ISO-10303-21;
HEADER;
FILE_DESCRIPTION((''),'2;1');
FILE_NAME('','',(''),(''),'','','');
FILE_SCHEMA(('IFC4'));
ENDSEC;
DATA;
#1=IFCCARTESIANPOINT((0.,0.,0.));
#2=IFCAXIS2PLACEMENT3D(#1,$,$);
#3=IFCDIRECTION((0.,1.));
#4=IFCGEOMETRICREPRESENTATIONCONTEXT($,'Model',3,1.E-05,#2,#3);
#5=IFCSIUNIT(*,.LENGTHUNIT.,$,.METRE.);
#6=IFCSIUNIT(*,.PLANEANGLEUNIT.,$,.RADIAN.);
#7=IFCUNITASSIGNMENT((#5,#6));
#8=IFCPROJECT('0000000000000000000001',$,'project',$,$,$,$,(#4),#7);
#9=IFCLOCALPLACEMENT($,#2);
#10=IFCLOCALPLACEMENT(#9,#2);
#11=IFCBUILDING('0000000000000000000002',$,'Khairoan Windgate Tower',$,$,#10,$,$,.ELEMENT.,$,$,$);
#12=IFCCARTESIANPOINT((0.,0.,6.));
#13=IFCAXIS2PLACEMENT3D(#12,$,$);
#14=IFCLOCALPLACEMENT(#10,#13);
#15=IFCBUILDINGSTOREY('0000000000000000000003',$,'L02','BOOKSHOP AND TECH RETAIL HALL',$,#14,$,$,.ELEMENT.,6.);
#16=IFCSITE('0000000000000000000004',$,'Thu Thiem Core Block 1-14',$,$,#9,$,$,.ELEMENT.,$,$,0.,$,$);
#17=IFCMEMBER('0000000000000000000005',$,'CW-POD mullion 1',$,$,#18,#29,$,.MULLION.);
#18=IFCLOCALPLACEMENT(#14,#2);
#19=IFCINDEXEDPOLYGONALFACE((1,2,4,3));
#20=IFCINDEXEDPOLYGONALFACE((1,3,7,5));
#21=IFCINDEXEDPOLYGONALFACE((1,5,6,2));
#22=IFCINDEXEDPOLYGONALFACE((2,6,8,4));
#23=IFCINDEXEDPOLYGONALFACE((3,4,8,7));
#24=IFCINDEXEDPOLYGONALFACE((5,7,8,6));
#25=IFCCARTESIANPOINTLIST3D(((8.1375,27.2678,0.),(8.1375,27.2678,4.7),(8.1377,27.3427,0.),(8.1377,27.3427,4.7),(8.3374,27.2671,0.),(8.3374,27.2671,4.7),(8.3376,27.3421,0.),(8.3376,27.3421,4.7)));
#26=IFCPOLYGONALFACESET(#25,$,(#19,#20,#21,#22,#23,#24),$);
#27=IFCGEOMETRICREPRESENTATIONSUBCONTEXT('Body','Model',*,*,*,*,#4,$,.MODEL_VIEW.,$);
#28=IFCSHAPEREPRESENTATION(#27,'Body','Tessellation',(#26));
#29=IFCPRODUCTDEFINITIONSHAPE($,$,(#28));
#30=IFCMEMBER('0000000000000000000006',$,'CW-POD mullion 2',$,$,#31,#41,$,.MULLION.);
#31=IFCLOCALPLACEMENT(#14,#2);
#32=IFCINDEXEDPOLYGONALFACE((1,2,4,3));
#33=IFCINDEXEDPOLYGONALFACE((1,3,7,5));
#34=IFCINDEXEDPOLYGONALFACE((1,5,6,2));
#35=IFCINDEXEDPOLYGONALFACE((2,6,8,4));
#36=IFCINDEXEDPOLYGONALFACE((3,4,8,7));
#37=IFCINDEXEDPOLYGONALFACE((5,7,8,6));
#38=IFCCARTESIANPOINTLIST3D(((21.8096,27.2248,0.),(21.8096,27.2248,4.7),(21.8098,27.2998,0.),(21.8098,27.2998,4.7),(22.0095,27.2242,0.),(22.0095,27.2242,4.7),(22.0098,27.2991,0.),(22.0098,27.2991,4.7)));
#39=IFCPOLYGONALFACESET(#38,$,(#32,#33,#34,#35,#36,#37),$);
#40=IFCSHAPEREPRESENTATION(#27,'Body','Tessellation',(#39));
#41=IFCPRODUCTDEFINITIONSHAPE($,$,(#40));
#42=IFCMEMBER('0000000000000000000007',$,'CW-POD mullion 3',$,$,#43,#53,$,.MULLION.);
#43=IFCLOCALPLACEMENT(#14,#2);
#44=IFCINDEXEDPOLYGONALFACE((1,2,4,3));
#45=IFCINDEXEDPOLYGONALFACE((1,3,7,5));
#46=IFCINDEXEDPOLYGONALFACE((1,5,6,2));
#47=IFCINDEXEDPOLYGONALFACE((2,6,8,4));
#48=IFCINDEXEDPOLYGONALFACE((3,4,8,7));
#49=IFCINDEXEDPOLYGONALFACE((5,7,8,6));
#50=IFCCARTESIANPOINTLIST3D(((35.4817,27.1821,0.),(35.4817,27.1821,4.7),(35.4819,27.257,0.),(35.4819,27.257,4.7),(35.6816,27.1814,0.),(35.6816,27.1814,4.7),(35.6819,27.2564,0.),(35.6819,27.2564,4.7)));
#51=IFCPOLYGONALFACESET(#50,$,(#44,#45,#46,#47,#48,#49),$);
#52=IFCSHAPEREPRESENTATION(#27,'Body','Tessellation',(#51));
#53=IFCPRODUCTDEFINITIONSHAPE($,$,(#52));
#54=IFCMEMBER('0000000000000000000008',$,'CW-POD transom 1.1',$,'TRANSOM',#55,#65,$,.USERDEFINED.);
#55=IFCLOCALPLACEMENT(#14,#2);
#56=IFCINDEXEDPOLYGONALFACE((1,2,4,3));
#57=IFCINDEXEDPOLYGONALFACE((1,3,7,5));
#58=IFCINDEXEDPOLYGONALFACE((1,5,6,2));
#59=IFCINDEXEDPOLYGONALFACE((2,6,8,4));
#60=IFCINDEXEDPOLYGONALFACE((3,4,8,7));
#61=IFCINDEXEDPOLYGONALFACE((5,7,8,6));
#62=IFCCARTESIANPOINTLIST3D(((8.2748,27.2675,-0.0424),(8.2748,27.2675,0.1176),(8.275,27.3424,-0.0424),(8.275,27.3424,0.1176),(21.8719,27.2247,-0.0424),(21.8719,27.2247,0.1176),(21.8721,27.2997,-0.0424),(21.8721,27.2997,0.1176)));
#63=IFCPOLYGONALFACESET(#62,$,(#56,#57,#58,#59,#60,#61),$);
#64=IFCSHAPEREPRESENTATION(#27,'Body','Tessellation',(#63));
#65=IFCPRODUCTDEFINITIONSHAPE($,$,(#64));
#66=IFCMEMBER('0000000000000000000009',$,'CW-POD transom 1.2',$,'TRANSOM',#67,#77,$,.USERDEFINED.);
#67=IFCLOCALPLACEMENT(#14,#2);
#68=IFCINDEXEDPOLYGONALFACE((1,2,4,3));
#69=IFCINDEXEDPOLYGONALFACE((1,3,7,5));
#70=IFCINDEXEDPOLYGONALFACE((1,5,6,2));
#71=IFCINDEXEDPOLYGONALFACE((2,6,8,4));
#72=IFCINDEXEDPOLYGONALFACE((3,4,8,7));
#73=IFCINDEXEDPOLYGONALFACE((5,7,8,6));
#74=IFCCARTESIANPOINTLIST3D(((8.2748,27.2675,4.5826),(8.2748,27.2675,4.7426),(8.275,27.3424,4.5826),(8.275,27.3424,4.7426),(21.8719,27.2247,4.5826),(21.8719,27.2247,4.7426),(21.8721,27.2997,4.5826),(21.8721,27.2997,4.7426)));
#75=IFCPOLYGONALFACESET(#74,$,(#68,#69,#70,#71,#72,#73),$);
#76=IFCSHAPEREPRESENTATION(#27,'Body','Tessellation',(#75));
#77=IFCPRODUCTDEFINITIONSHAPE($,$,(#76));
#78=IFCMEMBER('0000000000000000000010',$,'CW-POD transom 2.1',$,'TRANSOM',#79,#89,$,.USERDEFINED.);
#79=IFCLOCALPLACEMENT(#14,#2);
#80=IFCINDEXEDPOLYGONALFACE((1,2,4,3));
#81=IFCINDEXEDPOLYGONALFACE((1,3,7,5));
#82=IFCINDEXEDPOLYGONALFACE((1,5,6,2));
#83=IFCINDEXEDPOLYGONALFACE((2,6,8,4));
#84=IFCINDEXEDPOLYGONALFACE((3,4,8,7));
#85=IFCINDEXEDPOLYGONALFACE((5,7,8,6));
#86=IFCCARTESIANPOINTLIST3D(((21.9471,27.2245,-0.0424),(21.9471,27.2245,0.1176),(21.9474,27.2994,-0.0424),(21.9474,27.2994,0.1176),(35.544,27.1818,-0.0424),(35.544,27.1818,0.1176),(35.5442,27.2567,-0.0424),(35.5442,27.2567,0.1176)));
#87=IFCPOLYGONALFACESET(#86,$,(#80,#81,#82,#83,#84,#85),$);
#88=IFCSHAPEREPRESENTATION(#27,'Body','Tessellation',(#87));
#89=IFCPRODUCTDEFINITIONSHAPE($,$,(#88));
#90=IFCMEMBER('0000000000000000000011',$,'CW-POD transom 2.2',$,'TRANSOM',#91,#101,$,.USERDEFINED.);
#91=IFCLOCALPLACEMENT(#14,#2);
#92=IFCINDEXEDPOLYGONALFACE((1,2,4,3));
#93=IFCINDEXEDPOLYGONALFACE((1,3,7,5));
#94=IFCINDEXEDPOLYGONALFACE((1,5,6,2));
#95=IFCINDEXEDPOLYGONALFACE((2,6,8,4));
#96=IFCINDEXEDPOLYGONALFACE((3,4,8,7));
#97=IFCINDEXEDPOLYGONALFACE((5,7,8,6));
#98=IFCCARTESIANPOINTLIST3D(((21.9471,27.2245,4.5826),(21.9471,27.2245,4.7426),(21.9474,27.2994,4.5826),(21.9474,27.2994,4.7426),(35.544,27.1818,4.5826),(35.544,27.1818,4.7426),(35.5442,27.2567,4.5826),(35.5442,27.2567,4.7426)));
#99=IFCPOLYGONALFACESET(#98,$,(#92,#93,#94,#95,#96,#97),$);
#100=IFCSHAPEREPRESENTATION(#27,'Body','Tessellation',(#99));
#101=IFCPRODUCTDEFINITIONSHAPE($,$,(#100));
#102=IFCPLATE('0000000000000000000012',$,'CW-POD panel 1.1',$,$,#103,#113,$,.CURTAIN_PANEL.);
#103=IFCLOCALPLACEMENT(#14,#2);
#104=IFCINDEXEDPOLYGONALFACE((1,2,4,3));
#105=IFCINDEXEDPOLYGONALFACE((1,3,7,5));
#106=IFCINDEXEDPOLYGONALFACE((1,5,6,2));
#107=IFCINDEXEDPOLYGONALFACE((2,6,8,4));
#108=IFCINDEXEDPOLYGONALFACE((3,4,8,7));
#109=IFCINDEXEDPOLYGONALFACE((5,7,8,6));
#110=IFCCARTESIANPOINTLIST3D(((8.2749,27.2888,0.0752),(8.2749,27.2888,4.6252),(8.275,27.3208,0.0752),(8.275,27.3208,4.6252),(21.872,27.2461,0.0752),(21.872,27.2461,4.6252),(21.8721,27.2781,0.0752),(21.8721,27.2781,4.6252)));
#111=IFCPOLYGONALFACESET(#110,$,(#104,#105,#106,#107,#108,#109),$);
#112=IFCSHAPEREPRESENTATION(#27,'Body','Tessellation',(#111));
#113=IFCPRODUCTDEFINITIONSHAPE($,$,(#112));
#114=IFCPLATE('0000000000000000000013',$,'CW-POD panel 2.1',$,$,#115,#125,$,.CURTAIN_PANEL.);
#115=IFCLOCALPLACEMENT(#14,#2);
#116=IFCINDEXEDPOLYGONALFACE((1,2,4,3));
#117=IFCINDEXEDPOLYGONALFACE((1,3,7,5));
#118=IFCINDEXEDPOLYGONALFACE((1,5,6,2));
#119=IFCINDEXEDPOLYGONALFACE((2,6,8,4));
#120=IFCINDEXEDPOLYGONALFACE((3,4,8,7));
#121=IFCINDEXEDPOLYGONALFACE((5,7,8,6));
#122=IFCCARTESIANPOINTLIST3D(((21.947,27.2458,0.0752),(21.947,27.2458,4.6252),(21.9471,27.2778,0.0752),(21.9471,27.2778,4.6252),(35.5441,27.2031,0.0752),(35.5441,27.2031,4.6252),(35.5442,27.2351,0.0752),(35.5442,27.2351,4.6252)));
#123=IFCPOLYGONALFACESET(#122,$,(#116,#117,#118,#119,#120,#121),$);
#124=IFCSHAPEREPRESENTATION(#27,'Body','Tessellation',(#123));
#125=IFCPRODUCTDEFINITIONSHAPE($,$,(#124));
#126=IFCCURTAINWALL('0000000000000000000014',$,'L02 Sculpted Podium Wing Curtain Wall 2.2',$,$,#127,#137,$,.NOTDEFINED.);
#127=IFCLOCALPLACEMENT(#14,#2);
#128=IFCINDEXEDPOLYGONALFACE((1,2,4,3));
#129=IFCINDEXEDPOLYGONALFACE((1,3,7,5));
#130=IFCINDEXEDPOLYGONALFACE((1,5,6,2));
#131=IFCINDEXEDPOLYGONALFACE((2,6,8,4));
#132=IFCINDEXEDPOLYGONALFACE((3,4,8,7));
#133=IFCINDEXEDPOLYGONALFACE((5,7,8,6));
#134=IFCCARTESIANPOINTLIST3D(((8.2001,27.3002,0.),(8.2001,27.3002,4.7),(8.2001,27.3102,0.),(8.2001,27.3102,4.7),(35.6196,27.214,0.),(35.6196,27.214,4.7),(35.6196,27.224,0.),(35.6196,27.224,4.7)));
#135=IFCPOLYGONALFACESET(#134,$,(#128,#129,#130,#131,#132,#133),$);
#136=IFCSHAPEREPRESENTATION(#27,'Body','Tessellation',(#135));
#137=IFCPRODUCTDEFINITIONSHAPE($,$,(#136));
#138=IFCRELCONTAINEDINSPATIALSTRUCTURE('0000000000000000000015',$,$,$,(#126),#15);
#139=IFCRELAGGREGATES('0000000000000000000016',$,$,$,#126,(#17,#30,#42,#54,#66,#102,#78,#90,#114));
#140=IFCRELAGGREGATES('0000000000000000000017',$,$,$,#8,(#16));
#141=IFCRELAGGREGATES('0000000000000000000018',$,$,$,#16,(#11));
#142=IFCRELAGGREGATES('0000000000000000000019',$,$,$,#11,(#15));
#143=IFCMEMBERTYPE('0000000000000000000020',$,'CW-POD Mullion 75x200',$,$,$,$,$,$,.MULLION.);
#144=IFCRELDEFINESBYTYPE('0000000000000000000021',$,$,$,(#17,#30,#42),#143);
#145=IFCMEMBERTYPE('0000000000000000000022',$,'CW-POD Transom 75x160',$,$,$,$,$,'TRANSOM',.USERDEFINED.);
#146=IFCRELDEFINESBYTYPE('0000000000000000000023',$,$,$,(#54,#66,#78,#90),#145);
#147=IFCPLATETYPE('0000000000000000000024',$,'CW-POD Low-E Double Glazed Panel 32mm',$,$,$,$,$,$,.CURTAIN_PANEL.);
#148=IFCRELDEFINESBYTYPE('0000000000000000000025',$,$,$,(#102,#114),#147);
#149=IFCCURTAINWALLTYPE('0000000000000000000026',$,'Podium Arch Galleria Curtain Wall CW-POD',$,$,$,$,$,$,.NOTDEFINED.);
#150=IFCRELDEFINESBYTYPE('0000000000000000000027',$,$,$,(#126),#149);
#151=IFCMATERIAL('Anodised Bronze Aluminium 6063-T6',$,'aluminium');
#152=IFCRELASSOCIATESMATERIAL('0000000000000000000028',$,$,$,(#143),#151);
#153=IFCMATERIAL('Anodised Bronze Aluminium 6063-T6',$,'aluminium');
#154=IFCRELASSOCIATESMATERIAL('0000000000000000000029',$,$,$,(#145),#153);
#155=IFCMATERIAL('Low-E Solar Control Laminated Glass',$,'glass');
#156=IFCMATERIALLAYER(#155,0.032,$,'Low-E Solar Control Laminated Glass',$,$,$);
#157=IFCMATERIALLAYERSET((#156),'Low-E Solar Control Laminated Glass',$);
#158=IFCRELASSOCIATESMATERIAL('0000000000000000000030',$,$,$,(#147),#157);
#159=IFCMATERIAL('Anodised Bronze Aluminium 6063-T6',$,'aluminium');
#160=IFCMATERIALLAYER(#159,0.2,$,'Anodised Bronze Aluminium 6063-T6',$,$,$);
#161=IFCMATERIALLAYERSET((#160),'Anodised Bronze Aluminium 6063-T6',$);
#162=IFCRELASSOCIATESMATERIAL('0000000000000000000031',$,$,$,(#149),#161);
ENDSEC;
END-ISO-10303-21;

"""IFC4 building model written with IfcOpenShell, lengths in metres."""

from ifc_helpers import new_model, si_unit, direction, frame, frame_2d, origin, origin_2d, place, context, subcontext, project, spatial, rectangle, extrude, material, layer, layer_set, material_profile, profile_set, type_object, element, aggregate, save


model = new_model("IFC4")

# Units and contexts
model_context = context("Model", 3, precision=1e-05, world=origin(), true_north=direction((0.0, 1.0)))
body_context = subcontext(model_context, "Body", "Model", "MODEL_VIEW")
ifc_project = project(units=[si_unit("LENGTHUNIT", "METRE"), si_unit("PLANEANGLEUNIT", "RADIAN")], contexts=[model_context])

# Site, building, storey
site_placement = place(None, origin())
site = spatial("IfcSite", under=ifc_project, at=site_placement, Name="Thu Thiem Core Block 1-14", CompositionType="ELEMENT", RefElevation=0.0)
building_placement = place(site_placement, origin())
building = spatial("IfcBuilding", under=site, at=building_placement, Name="Khairoan Windgate Tower", CompositionType="ELEMENT")
storey_placement = place(building_placement, frame((0.0, 0.0, 6.0)))
storey = spatial("IfcBuildingStorey", under=building, at=storey_placement, Name="L02", Description="BOOKSHOP AND TECH RETAIL HALL", CompositionType="ELEMENT", Elevation=6.0)

# Members
ifc_material_1 = material(Name="Anodised Bronze Aluminium 6063-T6", Category="aluminium")
ifc_material_profile_1 = material_profile(ifc_material_1, rectangle(XDim=0.075, YDim=0.2, at=origin_2d()))
ifc_profile_set_1 = profile_set([ifc_material_profile_1], Name="Anodised Bronze Aluminium 6063-T6")
member_type_1 = type_object("IfcMemberType", Name="CW-POD Mullion 75x200", PredefinedType="MULLION", material=ifc_profile_set_1)
member_1_placement = place(storey_placement, frame((8.2375, 27.3049, 0.0), z_axis=(0.0, 0.0, 1.0), x_axis=(0.00314, 0.999995, 0.0)))
member_1 = element("IfcMember", 1, at=member_1_placement, type_object=member_type_1, Name="CW-POD mullion 1", PredefinedType="MULLION", context=body_context, shape_type="SweptSolid", body=[
    extrude(rectangle(XDim=0.075, YDim=0.2, at=origin_2d()), origin(), (0.0, 0.0, 1.0), 4.7),
])
member_2_placement = place(storey_placement, frame((21.9097, 27.262, 0.0), z_axis=(0.0, 0.0, 1.0), x_axis=(0.00314, 0.999995, 0.0)))
member_2 = element("IfcMember", 2, at=member_2_placement, type_object=member_type_1, Name="CW-POD mullion 2", PredefinedType="MULLION", context=body_context, shape_type="SweptSolid", body=[
    extrude(rectangle(XDim=0.075, YDim=0.2, at=origin_2d()), origin(), (0.0, 0.0, 1.0), 4.7),
])
member_3_placement = place(storey_placement, frame((35.5818, 27.2192, 0.0), z_axis=(0.0, 0.0, 1.0), x_axis=(0.00314, 0.999995, 0.0)))
member_3 = element("IfcMember", 3, at=member_3_placement, type_object=member_type_1, Name="CW-POD mullion 3", PredefinedType="MULLION", context=body_context, shape_type="SweptSolid", body=[
    extrude(rectangle(XDim=0.075, YDim=0.2, at=origin_2d()), origin(), (0.0, 0.0, 1.0), 4.7),
])
ifc_material_2 = material(Name="Anodised Bronze Aluminium 6063-T6", Category="aluminium")
ifc_material_profile_2 = material_profile(ifc_material_2, rectangle(XDim=0.075, YDim=0.1599, at=origin_2d()))
ifc_profile_set_2 = profile_set([ifc_material_profile_2], Name="Anodised Bronze Aluminium 6063-T6")
member_type_2 = type_object("IfcMemberType", Name="CW-POD Transom 75x160", ElementType="TRANSOM", PredefinedType="USERDEFINED", material=ifc_profile_set_2)
member_4_placement = place(storey_placement, frame((8.2749, 27.3049, 0.0376), z_axis=(0.999995, -0.003142, 0.0), x_axis=(0.003142, 0.999995, 0.0)))
member_4 = element("IfcMember", 4, at=member_4_placement, type_object=member_type_2, Name="CW-POD transom 1.1", ObjectType="TRANSOM", PredefinedType="USERDEFINED", context=body_context, shape_type="SweptSolid", body=[
    extrude(rectangle(XDim=0.075, YDim=0.1599, at=origin_2d()), origin(), (0.0, 0.0, 1.0), 13.5972),
])
member_5_placement = place(storey_placement, frame((8.2749, 27.3049, 4.6626), z_axis=(0.999995, -0.003142, 0.0), x_axis=(0.003142, 0.999995, 0.0)))
member_5 = element("IfcMember", 5, at=member_5_placement, type_object=member_type_2, Name="CW-POD transom 1.2", ObjectType="TRANSOM", PredefinedType="USERDEFINED", context=body_context, shape_type="SweptSolid", body=[
    extrude(rectangle(XDim=0.075, YDim=0.1599, at=origin_2d()), origin(), (0.0, 0.0, 1.0), 13.5972),
])
member_6_placement = place(storey_placement, frame((21.9473, 27.262, 0.0376), z_axis=(0.999995, -0.003142, 0.0), x_axis=(0.003142, 0.999995, 0.0)))
member_6 = element("IfcMember", 6, at=member_6_placement, type_object=member_type_2, Name="CW-POD transom 2.1", ObjectType="TRANSOM", PredefinedType="USERDEFINED", context=body_context, shape_type="SweptSolid", body=[
    extrude(rectangle(XDim=0.075, YDim=0.1599, at=origin_2d()), origin(), (0.0, 0.0, 1.0), 13.5969),
])
member_7_placement = place(storey_placement, frame((21.9473, 27.262, 4.6626), z_axis=(0.999995, -0.003142, 0.0), x_axis=(0.003142, 0.999995, 0.0)))
member_7 = element("IfcMember", 7, at=member_7_placement, type_object=member_type_2, Name="CW-POD transom 2.2", ObjectType="TRANSOM", PredefinedType="USERDEFINED", context=body_context, shape_type="SweptSolid", body=[
    extrude(rectangle(XDim=0.075, YDim=0.1599, at=origin_2d()), origin(), (0.0, 0.0, 1.0), 13.5969),
])

# Plates
ifc_material_3 = material(Name="Low-E Solar Control Laminated Glass", Category="glass")
ifc_layer_1 = layer(ifc_material_3, 0.032, Name="Low-E Solar Control Laminated Glass")
ifc_layer_set_1 = layer_set([ifc_layer_1], Name="Low-E Solar Control Laminated Glass")
plate_type_1 = type_object("IfcPlateType", Name="CW-POD Low-E Double Glazed Panel 32mm", PredefinedType="CURTAIN_PANEL", material=ifc_layer_set_1)
plate_1_placement = place(storey_placement, frame((15.0735, 27.2834, 0.0752), z_axis=(0.0, 0.0, 1.0), x_axis=(0.999995, -0.00314, 0.0)))
plate_1 = element("IfcPlate", 8, at=plate_1_placement, type_object=plate_type_1, Name="CW-POD panel 1.1", PredefinedType="CURTAIN_PANEL", context=body_context, shape_type="SweptSolid", body=[
    extrude(rectangle(XDim=13.5972, YDim=0.032, at=origin_2d()), origin(), (0.0, 0.0, 1.0), 4.55),
])
plate_2_placement = place(storey_placement, frame((28.7456, 27.2405, 0.0752), z_axis=(0.0, 0.0, 1.0), x_axis=(0.999995, -0.00314, 0.0)))
plate_2 = element("IfcPlate", 9, at=plate_2_placement, type_object=plate_type_1, Name="CW-POD panel 2.1", PredefinedType="CURTAIN_PANEL", context=body_context, shape_type="SweptSolid", body=[
    extrude(rectangle(XDim=13.5972, YDim=0.032, at=origin_2d()), origin(), (0.0, 0.0, 1.0), 4.55),
])

# Curtain wall
ifc_material_4 = material(Name="Anodised Bronze Aluminium 6063-T6", Category="aluminium")
ifc_layer_2 = layer(ifc_material_4, 0.2, Name="Anodised Bronze Aluminium 6063-T6")
ifc_layer_set_2 = layer_set([ifc_layer_2], Name="Anodised Bronze Aluminium 6063-T6")
curtain_wall_type = type_object("IfcCurtainWallType", Name="Podium Arch Galleria Curtain Wall CW-POD", PredefinedType="NOTDEFINED", material=ifc_layer_set_2)
curtain_wall_placement = place(storey_placement, frame((8.2, 27.3052, 0.0), z_axis=(0.0, 0.0, 1.0), x_axis=(0.999995, -0.003143, 0.0)))
curtain_wall = element("IfcCurtainWall", 10, at=curtain_wall_placement, inside=storey, type_object=curtain_wall_type, Name="L02 Sculpted Podium Wing Curtain Wall 2.2", PredefinedType="NOTDEFINED", context=body_context, shape_type="SweptSolid", body=[
    extrude(rectangle(XDim=27.4197, YDim=0.01, at=frame_2d((13.71, 0.0))), origin(), (0.0, 0.0, 1.0), 4.7),
])
aggregate(curtain_wall, [member_1, member_2, member_3, member_4, member_5, plate_1, member_6, member_7, plate_2])

save(model, "model.ifc")
